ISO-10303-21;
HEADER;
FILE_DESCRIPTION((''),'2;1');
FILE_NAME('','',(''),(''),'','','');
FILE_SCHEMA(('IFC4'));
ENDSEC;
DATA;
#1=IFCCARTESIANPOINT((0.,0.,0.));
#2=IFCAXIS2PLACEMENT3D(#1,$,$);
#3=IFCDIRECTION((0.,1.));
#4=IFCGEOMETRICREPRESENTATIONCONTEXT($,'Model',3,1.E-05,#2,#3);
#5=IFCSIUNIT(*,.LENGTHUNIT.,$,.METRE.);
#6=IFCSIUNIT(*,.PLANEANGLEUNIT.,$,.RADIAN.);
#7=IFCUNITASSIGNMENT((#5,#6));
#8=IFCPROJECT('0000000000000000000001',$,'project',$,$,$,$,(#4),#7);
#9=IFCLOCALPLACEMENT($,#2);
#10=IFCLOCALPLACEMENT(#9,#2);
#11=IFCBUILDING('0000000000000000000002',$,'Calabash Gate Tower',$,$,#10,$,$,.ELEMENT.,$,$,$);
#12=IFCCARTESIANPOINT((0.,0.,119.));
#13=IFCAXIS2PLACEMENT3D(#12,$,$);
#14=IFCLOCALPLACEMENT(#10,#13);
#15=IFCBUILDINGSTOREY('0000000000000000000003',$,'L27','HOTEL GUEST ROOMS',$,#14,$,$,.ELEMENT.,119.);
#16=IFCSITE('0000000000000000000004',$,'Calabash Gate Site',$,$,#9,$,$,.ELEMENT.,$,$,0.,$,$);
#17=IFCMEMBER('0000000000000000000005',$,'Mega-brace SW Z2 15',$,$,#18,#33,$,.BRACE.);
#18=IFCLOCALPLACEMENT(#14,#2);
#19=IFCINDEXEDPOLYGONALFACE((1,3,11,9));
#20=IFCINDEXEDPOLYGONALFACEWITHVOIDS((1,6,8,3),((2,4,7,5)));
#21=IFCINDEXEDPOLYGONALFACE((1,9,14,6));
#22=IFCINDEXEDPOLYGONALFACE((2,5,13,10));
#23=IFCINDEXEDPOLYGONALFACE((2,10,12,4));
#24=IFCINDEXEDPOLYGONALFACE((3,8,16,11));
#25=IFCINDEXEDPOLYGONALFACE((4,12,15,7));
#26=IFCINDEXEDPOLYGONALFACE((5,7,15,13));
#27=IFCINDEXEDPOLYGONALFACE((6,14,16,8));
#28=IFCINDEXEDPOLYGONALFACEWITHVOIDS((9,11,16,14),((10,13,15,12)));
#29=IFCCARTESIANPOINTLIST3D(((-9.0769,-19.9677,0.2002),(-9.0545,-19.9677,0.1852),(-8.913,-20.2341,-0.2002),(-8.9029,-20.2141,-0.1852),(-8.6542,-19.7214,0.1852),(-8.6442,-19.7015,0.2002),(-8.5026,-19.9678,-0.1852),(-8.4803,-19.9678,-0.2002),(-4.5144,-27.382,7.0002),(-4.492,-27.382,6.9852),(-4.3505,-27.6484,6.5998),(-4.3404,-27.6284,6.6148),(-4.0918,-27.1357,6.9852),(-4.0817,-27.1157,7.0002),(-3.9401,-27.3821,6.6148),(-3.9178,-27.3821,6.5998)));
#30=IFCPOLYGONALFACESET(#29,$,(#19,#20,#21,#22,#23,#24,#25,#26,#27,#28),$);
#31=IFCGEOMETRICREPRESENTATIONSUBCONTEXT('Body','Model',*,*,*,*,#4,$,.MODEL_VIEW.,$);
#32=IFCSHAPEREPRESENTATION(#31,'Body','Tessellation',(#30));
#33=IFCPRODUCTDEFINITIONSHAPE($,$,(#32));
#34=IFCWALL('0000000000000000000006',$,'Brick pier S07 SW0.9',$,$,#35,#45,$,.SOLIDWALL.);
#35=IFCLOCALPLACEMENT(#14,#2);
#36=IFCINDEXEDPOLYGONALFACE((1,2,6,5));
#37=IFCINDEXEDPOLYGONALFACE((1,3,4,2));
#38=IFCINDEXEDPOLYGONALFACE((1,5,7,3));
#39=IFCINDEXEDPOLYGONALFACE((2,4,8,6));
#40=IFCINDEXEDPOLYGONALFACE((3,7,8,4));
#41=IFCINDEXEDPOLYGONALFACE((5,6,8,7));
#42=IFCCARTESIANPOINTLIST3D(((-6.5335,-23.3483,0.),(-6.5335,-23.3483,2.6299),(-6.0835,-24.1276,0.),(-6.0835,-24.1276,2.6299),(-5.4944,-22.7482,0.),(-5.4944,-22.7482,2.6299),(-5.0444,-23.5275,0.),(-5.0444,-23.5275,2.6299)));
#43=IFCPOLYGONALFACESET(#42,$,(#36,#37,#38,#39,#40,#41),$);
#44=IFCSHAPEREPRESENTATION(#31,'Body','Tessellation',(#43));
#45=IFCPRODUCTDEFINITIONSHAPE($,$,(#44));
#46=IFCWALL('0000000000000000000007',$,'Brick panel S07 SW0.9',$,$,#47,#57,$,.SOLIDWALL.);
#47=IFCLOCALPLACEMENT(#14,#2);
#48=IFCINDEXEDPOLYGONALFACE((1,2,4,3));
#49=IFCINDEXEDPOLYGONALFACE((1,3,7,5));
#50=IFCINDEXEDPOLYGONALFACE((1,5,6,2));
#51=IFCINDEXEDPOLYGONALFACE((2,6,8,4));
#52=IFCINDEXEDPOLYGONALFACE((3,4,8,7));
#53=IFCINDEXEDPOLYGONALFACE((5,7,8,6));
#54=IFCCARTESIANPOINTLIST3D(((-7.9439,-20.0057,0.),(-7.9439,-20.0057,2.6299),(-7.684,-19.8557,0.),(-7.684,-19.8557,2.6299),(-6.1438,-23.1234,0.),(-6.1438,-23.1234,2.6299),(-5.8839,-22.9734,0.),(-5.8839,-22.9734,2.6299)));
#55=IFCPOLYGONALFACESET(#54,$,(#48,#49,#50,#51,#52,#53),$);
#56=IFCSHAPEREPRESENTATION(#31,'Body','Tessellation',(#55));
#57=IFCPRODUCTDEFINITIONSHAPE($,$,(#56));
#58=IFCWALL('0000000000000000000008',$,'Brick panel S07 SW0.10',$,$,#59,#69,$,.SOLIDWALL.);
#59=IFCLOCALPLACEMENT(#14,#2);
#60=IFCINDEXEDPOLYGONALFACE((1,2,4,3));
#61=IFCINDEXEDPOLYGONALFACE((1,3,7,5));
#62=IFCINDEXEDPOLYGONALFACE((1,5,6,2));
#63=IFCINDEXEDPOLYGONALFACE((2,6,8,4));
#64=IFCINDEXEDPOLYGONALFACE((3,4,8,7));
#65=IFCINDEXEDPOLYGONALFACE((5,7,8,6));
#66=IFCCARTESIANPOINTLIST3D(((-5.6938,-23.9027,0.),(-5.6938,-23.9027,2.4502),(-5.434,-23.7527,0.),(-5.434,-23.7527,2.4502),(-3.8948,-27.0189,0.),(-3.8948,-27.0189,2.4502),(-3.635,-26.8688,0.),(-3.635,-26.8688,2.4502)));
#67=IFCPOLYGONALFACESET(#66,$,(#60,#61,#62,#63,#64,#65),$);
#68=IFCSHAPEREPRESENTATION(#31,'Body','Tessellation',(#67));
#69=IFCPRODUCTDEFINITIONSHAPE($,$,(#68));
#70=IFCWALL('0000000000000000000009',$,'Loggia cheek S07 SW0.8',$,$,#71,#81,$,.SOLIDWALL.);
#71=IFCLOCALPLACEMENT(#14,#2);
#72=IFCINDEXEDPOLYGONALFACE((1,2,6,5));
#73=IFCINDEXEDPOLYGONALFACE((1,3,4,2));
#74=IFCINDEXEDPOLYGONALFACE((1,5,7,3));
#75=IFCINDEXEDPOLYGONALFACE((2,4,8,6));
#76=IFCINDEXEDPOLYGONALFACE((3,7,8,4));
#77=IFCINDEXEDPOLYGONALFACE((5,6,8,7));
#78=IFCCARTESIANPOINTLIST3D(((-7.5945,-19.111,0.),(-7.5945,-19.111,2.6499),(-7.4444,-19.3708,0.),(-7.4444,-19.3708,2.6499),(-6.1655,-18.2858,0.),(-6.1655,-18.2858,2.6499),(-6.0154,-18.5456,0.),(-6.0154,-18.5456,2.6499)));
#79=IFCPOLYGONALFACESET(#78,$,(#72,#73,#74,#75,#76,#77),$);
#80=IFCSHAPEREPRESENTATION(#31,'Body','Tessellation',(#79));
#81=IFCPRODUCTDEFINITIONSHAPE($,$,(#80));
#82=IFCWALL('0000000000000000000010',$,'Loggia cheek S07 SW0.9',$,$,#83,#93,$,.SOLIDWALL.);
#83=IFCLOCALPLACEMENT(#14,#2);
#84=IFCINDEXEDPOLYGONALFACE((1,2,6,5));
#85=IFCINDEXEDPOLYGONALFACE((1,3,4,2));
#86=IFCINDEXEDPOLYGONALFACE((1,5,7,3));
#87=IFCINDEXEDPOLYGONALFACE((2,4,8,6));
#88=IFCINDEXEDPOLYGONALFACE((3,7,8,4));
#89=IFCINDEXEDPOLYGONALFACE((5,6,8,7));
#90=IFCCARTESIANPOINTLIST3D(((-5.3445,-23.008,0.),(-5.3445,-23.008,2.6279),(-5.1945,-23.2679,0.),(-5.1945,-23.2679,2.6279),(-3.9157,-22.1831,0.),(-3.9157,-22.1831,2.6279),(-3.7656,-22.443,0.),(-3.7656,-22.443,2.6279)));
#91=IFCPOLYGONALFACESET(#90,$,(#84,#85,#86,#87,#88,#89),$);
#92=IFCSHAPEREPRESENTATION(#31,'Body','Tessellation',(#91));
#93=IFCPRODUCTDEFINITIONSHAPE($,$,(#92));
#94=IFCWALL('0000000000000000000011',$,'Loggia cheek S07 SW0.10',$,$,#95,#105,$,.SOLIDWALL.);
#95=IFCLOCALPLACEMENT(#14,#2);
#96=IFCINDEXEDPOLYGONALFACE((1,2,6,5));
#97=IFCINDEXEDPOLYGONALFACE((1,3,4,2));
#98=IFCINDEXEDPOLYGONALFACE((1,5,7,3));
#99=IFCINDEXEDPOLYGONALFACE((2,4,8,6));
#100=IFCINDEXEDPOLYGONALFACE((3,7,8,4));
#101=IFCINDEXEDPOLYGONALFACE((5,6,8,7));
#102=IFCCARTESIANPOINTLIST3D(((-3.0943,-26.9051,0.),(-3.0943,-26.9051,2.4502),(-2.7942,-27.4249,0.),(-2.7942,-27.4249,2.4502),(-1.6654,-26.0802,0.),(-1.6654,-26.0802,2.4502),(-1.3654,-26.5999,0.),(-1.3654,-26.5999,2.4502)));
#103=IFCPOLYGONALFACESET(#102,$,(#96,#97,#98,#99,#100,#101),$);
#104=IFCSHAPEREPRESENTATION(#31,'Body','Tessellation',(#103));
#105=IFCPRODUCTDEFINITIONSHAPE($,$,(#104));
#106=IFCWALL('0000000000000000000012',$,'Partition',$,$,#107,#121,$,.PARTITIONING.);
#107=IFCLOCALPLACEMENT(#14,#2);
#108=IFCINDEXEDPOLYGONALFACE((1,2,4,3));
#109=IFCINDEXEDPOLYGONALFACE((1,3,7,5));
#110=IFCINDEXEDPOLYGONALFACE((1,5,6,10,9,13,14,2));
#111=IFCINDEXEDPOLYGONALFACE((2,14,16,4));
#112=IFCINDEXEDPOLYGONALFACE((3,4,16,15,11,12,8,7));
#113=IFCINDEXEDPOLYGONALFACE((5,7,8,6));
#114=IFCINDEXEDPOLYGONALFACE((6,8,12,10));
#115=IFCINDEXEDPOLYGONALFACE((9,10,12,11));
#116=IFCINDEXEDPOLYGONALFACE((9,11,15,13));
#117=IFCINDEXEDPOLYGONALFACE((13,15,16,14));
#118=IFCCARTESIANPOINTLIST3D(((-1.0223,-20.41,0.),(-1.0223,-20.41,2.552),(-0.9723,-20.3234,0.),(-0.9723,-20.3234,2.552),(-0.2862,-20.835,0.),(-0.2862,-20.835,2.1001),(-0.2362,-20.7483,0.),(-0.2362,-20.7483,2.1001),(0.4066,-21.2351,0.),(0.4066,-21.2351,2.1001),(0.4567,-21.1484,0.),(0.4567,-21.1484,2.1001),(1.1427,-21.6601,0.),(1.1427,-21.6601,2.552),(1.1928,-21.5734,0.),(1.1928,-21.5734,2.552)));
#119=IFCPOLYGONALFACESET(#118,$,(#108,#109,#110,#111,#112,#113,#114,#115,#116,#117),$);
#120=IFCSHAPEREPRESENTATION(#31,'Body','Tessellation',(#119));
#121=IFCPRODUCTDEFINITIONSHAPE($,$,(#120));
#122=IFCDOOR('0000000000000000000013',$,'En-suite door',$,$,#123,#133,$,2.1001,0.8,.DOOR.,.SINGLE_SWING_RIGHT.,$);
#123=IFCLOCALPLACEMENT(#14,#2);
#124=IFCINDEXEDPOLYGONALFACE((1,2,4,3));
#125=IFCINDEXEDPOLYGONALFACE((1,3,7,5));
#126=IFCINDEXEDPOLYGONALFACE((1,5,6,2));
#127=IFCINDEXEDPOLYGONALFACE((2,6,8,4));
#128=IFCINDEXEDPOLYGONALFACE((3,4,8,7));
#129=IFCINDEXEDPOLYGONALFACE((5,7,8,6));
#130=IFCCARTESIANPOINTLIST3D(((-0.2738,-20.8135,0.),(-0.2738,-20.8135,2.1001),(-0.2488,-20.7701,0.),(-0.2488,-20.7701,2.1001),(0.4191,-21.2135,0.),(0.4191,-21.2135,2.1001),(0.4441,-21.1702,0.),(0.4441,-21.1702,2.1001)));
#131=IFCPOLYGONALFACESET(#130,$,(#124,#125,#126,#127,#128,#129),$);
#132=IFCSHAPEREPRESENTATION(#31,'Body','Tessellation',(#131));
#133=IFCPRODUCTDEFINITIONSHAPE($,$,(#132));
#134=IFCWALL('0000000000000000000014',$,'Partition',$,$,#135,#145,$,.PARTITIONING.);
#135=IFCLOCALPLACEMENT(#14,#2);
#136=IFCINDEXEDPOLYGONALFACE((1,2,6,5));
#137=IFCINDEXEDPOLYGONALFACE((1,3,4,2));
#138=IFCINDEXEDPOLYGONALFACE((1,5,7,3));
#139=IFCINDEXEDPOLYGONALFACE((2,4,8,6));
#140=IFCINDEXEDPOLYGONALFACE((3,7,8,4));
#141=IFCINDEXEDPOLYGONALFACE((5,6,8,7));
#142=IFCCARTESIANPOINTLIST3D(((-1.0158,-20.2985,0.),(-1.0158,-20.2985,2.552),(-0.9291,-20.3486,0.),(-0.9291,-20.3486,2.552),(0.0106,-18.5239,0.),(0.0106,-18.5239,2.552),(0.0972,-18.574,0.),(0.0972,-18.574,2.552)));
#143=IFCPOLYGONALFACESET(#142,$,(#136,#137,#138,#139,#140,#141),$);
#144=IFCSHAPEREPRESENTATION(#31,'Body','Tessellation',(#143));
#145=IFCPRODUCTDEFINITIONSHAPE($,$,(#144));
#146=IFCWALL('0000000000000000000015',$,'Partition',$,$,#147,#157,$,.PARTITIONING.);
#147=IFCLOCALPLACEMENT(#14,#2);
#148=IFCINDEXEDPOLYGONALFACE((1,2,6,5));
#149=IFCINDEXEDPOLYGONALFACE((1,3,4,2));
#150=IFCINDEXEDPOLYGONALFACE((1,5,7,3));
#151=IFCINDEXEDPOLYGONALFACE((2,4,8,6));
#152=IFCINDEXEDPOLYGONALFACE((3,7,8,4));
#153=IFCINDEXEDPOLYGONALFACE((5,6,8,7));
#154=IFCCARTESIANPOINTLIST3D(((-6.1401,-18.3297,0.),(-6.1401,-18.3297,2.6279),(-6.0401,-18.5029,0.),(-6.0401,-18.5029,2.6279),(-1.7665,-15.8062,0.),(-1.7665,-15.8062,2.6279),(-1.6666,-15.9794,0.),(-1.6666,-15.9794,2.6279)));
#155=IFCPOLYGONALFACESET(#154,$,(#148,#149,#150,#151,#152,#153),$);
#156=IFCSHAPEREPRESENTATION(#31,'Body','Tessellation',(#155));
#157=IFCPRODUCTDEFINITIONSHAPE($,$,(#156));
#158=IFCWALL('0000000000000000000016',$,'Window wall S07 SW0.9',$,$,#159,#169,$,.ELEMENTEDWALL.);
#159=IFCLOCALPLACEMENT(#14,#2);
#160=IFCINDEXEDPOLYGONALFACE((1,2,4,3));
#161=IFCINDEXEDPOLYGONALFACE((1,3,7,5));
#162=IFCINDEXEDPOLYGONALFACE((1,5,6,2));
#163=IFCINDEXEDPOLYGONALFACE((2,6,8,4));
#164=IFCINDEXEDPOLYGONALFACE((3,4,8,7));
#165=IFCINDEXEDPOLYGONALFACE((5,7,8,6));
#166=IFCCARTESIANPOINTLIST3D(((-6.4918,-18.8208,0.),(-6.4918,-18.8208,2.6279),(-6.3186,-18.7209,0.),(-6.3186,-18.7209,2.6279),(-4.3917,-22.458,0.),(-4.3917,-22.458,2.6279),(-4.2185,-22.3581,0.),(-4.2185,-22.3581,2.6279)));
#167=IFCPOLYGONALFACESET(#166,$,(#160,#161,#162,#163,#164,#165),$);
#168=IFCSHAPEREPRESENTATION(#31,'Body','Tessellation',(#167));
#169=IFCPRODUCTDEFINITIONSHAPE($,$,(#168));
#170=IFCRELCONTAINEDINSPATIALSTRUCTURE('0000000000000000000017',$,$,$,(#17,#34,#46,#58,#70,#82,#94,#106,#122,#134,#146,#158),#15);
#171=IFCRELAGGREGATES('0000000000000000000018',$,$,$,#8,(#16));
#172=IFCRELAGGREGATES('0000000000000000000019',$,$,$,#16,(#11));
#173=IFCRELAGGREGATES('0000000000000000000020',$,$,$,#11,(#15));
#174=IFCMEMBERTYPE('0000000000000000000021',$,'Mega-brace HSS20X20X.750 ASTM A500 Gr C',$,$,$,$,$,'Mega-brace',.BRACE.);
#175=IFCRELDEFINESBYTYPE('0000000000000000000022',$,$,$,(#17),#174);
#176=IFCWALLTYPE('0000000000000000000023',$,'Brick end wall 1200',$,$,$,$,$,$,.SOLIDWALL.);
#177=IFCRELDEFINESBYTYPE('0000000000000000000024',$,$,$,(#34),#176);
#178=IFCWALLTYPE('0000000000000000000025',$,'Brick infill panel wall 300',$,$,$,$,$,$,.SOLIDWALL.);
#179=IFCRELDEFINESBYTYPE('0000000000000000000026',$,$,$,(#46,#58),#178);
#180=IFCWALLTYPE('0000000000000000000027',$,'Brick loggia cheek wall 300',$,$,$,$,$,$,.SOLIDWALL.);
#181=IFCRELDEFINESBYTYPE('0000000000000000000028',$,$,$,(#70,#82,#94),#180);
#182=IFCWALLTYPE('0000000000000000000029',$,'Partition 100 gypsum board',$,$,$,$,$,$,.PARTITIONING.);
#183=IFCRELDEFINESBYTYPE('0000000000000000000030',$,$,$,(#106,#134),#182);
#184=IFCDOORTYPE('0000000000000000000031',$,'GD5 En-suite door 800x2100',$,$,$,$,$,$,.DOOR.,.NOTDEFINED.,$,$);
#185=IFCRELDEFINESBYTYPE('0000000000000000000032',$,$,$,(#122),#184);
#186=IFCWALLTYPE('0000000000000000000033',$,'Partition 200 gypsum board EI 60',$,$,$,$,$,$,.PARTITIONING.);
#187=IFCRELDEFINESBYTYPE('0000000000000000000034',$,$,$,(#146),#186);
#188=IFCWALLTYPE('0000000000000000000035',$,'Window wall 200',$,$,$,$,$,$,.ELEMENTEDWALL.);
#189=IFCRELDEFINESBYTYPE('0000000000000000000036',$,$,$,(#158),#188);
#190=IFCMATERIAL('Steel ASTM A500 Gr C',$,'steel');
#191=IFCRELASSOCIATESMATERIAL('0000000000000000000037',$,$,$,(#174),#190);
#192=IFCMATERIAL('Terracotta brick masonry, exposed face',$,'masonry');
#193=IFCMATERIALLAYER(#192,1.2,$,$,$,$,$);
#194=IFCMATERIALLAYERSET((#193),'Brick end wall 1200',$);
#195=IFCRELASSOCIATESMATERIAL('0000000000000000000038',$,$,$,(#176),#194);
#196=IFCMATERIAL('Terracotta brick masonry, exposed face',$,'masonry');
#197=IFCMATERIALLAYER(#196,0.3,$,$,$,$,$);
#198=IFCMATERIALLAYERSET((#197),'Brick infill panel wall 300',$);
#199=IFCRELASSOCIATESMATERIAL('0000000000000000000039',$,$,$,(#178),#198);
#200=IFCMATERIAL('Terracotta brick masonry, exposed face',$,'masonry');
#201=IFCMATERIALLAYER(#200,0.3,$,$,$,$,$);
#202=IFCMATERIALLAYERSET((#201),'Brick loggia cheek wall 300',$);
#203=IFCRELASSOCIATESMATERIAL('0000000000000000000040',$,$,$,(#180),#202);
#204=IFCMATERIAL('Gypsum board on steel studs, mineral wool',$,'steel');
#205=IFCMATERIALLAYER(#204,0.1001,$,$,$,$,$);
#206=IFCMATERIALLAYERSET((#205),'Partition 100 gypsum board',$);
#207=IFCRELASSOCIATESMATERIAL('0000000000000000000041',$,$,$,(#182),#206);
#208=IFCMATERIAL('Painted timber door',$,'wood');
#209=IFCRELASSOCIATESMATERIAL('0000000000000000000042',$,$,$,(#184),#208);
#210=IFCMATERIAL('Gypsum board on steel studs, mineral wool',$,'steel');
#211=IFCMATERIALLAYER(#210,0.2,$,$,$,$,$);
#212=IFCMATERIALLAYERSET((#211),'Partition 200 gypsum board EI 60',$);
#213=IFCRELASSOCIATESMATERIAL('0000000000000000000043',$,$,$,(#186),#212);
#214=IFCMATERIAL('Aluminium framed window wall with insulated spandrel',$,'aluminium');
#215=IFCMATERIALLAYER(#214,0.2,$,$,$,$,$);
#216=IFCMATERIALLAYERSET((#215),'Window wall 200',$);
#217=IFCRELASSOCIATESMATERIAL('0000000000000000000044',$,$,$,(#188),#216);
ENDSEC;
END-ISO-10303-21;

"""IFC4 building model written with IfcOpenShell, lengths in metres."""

from ifc_helpers import new_model, si_unit, direction, frame, frame_2d, origin, origin_2d, place, context, subcontext, project, spatial, rectangle, hollow_rectangle, extrude, material, layer, layer_set, material_profile, profile_set, type_object, element, fill, save


model = new_model("IFC4")

# Units and contexts
model_context = context("Model", 3, precision=1e-05, world=origin(), true_north=direction((0.0, 1.0)))
body_context = subcontext(model_context, "Body", "Model", "MODEL_VIEW")
ifc_project = project(units=[si_unit("LENGTHUNIT", "METRE"), si_unit("PLANEANGLEUNIT", "RADIAN")], contexts=[model_context])

# Site, building, storey
site_placement = place(None, origin())
site = spatial("IfcSite", under=ifc_project, at=site_placement, Name="Calabash Gate Site", CompositionType="ELEMENT", RefElevation=0.0)
building_placement = place(site_placement, origin())
building = spatial("IfcBuilding", under=site, at=building_placement, Name="Calabash Gate Tower", CompositionType="ELEMENT")
storey_placement = place(building_placement, frame((0.0, 0.0, 119.0)))
storey = spatial("IfcBuildingStorey", under=building, at=storey_placement, Name="L27", Description="HOTEL GUEST ROOMS", CompositionType="ELEMENT", Elevation=119.0)

# Member
ifc_material_1 = material(Name="Steel ASTM A500 Gr C", Category="steel")
ifc_material_profile_1 = material_profile(ifc_material_1, hollow_rectangle(XDim=0.5081, YDim=0.5081, WallThickness=0.019, at=origin_2d()))
ifc_profile_set_1 = profile_set([ifc_material_profile_1], Name="Steel ASTM A500 Gr C")
member_type = type_object("IfcMemberType", Name="Mega-brace HSS20X20X.750 ASTM A500 Gr C", ElementType="Mega-brace", PredefinedType="BRACE", material=ifc_profile_set_1)
member_placement = place(storey_placement, frame((-8.7786, -19.9678, 0.0), z_axis=(0.41302, -0.67118, 0.615574), x_axis=(0.851666, 0.524085, 0.0)))
element("IfcMember", 1, at=member_placement, inside=storey, type_object=member_type, Name="Mega-brace SW Z2 15", PredefinedType="BRACE", context=body_context, shape_type="SweptSolid", body=[
    extrude(hollow_rectangle(XDim=0.5081, YDim=0.5081, WallThickness=0.019, at=origin_2d()), origin(), (0.0, 0.0, 1.0), 11.0466),
])

# Walls
ifc_material_2 = material(Name="Terracotta brick masonry, exposed face", Category="masonry")
ifc_layer_1 = layer(ifc_material_2, 1.2)
ifc_layer_set_1 = layer_set([ifc_layer_1], Name="Brick end wall 1200")
wall_type_1 = type_object("IfcWallType", Name="Brick end wall 1200", PredefinedType="SOLIDWALL", material=ifc_layer_set_1)
wall_1_placement = place(storey_placement, frame((-6.3086, -23.738, 0.0), z_axis=(0.0, 0.0, 1.0), x_axis=(0.865955, 0.500122, 0.0)))
element("IfcWall", 2, at=wall_1_placement, inside=storey, type_object=wall_type_1, Name="Brick pier S07 SW0.9", PredefinedType="SOLIDWALL", context=body_context, shape_type="SweptSolid", body=[
    extrude(rectangle(XDim=1.2, YDim=0.8999, at=frame_2d((0.6001, 0.0))), origin(), (0.0, 0.0, 1.0), 2.6299),
])
ifc_material_3 = material(Name="Terracotta brick masonry, exposed face", Category="masonry")
ifc_layer_2 = layer(ifc_material_3, 0.3)
ifc_layer_set_2 = layer_set([ifc_layer_2], Name="Brick infill panel wall 300")
wall_type_2 = type_object("IfcWallType", Name="Brick infill panel wall 300", PredefinedType="SOLIDWALL", material=ifc_layer_set_2)
wall_2_placement = place(storey_placement, frame((-7.814, -19.9307, 0.0), z_axis=(0.0, 0.0, 1.0), x_axis=(0.500012, -0.866018, 0.0)))
element("IfcWall", 3, at=wall_2_placement, inside=storey, type_object=wall_type_2, Name="Brick panel S07 SW0.9", PredefinedType="SOLIDWALL", context=body_context, shape_type="SweptSolid", body=[
    extrude(rectangle(XDim=3.6001, YDim=0.3, at=frame_2d((1.8, 0.0))), origin(), (0.0, 0.0, 1.0), 2.6299),
])
wall_3_placement = place(storey_placement, frame((-3.7649, -26.9438, 0.0), z_axis=(0.0, 0.0, 1.0), x_axis=(-0.499985, 0.866034, 0.0)))
element("IfcWall", 4, at=wall_3_placement, inside=storey, type_object=wall_type_2, Name="Brick panel S07 SW0.10", PredefinedType="SOLIDWALL", context=body_context, shape_type="SweptSolid", body=[
    extrude(rectangle(XDim=3.5981, YDim=0.3, at=frame_2d((1.7991, 0.0))), origin(), (0.0, 0.0, 1.0), 2.4502),
])
ifc_material_4 = material(Name="Terracotta brick masonry, exposed face", Category="masonry")
ifc_layer_3 = layer(ifc_material_4, 0.3)
ifc_layer_set_3 = layer_set([ifc_layer_3], Name="Brick loggia cheek wall 300")
wall_type_3 = type_object("IfcWallType", Name="Brick loggia cheek wall 300", PredefinedType="SOLIDWALL", material=ifc_layer_set_3)
wall_4_placement = place(storey_placement, frame((-7.5195, -19.241, 0.0), z_axis=(0.0, 0.0, 1.0), x_axis=(0.865976, 0.500085, 0.0)))
element("IfcWall", 5, at=wall_4_placement, inside=storey, type_object=wall_type_3, Name="Loggia cheek S07 SW0.8", PredefinedType="SOLIDWALL", context=body_context, shape_type="SweptSolid", body=[
    extrude(rectangle(XDim=1.6501, YDim=0.3, at=frame_2d((0.8252, 0.0))), origin(), (0.0, 0.0, 1.0), 2.6499),
])
wall_5_placement = place(storey_placement, frame((-5.2695, -23.1379, 0.0), z_axis=(0.0, 0.0, 1.0), x_axis=(0.86604, 0.499974, 0.0)))
element("IfcWall", 6, at=wall_5_placement, inside=storey, type_object=wall_type_3, Name="Loggia cheek S07 SW0.9", PredefinedType="SOLIDWALL", context=body_context, shape_type="SweptSolid", body=[
    extrude(rectangle(XDim=1.6499, YDim=0.3, at=frame_2d((0.825, 0.0))), origin(), (0.0, 0.0, 1.0), 2.6279),
])
wall_6_placement = place(storey_placement, frame((-1.5154, -26.3401, 0.0), z_axis=(0.0, 0.0, 1.0), x_axis=(-0.86604, -0.499974, 0.0)))
element("IfcWall", 7, at=wall_6_placement, inside=storey, type_object=wall_type_3, Name="Loggia cheek S07 SW0.10", PredefinedType="SOLIDWALL", context=body_context, shape_type="SweptSolid", body=[
    extrude(rectangle(XDim=1.6499, YDim=0.6001, at=frame_2d((0.825, 0.0))), origin(), (0.0, 0.0, 1.0), 2.4502),
])

# Wall, opening, door
ifc_material_5 = material(Name="Gypsum board on steel studs, mineral wool", Category="steel")
ifc_layer_4 = layer(ifc_material_5, 0.1001)
ifc_layer_set_4 = layer_set([ifc_layer_4], Name="Partition 100 gypsum board")
wall_type_4 = type_object("IfcWallType", Name="Partition 100 gypsum board", PredefinedType="PARTITIONING", material=ifc_layer_set_4)
wall_7_placement = place(storey_placement, frame((-0.9973, -20.3667, 0.0), z_axis=(0.0, 0.0, 1.0), x_axis=(0.866023, -0.500004, 0.0)))
wall_7 = element("IfcWall", 8, at=wall_7_placement, inside=storey, type_object=wall_type_4, Name="Partition", PredefinedType="PARTITIONING", context=body_context, shape_type="SweptSolid", body=[
    extrude(rectangle(XDim=2.5, YDim=0.1001, at=frame_2d((1.25, 0.0))), origin(), (0.0, 0.0, 1.0), 2.552),
])
opening_placement = place(wall_7_placement, frame((0.8501, 0.0, 0.0)))
opening = element("IfcOpeningElement", 9, at=opening_placement, cuts=wall_7, PredefinedType="OPENING", context=body_context, shape_type="SweptSolid", body=[
    extrude(rectangle(XDim=0.8, YDim=2.1001, at=frame_2d((0.3999, 1.05))), frame((0.0, 0.0601, 0.0), z_axis=(0.0, -1.0, 0.0), x_axis=(1.0, 0.0, 0.0)), (0.0, 0.0, 1.0), 0.1201),
])
ifc_material_6 = material(Name="Painted timber door", Category="wood")
door_type = type_object("IfcDoorType", Name="GD5 En-suite door 800x2100", OperationType="NOTDEFINED", PredefinedType="DOOR", material=ifc_material_6)
door_placement = place(opening_placement, origin())
door = element("IfcDoor", 10, at=door_placement, inside=storey, type_object=door_type, Name="En-suite door", OperationType="SINGLE_SWING_RIGHT", OverallHeight=2.1001, OverallWidth=0.8, PredefinedType="DOOR", context=body_context, shape_type="SweptSolid", body=[
    extrude(rectangle(XDim=0.8, YDim=2.1001, at=frame_2d((0.3999, 1.05))), frame((0.0, 0.0249, 0.0), z_axis=(0.0, -1.0, 0.0), x_axis=(1.0, 0.0, 0.0)), (0.0, 0.0, 1.0), 0.05),
])
fill(opening, door)

# Walls
wall_8_placement = place(storey_placement, frame((-0.9724, -20.3235, 0.0), z_axis=(0.0, 0.0, 1.0), x_axis=(0.500647, 0.865652, 0.0)))
element("IfcWall", 11, at=wall_8_placement, inside=storey, type_object=wall_type_4, Name="Partition", PredefinedType="PARTITIONING", context=body_context, shape_type="SweptSolid", body=[
    extrude(rectangle(XDim=2.05, YDim=0.1001, at=frame_2d((1.0249, 0.0))), origin(), (0.0, 0.0, 1.0), 2.552),
])
ifc_material_7 = material(Name="Gypsum board on steel studs, mineral wool", Category="steel")
ifc_layer_5 = layer(ifc_material_7, 0.2)
ifc_layer_set_5 = layer_set([ifc_layer_5], Name="Partition 200 gypsum board EI 60")
wall_type_5 = type_object("IfcWallType", Name="Partition 200 gypsum board EI 60", PredefinedType="PARTITIONING", material=ifc_layer_set_5)
wall_9_placement = place(storey_placement, frame((-6.0901, -18.4163, 0.0), z_axis=(0.0, 0.0, 1.0), x_axis=(0.866165, 0.499759, 0.0)))
element("IfcWall", 12, at=wall_9_placement, inside=storey, type_object=wall_type_5, Name="Partition", PredefinedType="PARTITIONING", context=body_context, shape_type="SweptSolid", body=[
    extrude(rectangle(XDim=5.0493, YDim=0.2, at=frame_2d((2.5247, 0.0))), origin(), (0.0, 0.0, 1.0), 2.6279),
])
ifc_material_8 = material(Name="Aluminium framed window wall with insulated spandrel", Category="aluminium")
ifc_layer_6 = layer(ifc_material_8, 0.2)
ifc_layer_set_6 = layer_set([ifc_layer_6], Name="Window wall 200")
wall_type_6 = type_object("IfcWallType", Name="Window wall 200", PredefinedType="ELEMENTEDWALL", material=ifc_layer_set_6)
wall_10_placement = place(storey_placement, frame((-6.4053, -18.7708, 0.0), z_axis=(0.0, 0.0, 1.0), x_axis=(0.500028, -0.866009, 0.0)))
element("IfcWall", 13, at=wall_10_placement, inside=storey, type_object=wall_type_6, Name="Window wall S07 SW0.9", PredefinedType="ELEMENTEDWALL", context=body_context, shape_type="SweptSolid", body=[
    extrude(rectangle(XDim=4.2, YDim=0.2, at=frame_2d((2.1001, 0.0))), origin(), (0.0, 0.0, 1.0), 2.6279),
])

save(model, "model.ifc")
